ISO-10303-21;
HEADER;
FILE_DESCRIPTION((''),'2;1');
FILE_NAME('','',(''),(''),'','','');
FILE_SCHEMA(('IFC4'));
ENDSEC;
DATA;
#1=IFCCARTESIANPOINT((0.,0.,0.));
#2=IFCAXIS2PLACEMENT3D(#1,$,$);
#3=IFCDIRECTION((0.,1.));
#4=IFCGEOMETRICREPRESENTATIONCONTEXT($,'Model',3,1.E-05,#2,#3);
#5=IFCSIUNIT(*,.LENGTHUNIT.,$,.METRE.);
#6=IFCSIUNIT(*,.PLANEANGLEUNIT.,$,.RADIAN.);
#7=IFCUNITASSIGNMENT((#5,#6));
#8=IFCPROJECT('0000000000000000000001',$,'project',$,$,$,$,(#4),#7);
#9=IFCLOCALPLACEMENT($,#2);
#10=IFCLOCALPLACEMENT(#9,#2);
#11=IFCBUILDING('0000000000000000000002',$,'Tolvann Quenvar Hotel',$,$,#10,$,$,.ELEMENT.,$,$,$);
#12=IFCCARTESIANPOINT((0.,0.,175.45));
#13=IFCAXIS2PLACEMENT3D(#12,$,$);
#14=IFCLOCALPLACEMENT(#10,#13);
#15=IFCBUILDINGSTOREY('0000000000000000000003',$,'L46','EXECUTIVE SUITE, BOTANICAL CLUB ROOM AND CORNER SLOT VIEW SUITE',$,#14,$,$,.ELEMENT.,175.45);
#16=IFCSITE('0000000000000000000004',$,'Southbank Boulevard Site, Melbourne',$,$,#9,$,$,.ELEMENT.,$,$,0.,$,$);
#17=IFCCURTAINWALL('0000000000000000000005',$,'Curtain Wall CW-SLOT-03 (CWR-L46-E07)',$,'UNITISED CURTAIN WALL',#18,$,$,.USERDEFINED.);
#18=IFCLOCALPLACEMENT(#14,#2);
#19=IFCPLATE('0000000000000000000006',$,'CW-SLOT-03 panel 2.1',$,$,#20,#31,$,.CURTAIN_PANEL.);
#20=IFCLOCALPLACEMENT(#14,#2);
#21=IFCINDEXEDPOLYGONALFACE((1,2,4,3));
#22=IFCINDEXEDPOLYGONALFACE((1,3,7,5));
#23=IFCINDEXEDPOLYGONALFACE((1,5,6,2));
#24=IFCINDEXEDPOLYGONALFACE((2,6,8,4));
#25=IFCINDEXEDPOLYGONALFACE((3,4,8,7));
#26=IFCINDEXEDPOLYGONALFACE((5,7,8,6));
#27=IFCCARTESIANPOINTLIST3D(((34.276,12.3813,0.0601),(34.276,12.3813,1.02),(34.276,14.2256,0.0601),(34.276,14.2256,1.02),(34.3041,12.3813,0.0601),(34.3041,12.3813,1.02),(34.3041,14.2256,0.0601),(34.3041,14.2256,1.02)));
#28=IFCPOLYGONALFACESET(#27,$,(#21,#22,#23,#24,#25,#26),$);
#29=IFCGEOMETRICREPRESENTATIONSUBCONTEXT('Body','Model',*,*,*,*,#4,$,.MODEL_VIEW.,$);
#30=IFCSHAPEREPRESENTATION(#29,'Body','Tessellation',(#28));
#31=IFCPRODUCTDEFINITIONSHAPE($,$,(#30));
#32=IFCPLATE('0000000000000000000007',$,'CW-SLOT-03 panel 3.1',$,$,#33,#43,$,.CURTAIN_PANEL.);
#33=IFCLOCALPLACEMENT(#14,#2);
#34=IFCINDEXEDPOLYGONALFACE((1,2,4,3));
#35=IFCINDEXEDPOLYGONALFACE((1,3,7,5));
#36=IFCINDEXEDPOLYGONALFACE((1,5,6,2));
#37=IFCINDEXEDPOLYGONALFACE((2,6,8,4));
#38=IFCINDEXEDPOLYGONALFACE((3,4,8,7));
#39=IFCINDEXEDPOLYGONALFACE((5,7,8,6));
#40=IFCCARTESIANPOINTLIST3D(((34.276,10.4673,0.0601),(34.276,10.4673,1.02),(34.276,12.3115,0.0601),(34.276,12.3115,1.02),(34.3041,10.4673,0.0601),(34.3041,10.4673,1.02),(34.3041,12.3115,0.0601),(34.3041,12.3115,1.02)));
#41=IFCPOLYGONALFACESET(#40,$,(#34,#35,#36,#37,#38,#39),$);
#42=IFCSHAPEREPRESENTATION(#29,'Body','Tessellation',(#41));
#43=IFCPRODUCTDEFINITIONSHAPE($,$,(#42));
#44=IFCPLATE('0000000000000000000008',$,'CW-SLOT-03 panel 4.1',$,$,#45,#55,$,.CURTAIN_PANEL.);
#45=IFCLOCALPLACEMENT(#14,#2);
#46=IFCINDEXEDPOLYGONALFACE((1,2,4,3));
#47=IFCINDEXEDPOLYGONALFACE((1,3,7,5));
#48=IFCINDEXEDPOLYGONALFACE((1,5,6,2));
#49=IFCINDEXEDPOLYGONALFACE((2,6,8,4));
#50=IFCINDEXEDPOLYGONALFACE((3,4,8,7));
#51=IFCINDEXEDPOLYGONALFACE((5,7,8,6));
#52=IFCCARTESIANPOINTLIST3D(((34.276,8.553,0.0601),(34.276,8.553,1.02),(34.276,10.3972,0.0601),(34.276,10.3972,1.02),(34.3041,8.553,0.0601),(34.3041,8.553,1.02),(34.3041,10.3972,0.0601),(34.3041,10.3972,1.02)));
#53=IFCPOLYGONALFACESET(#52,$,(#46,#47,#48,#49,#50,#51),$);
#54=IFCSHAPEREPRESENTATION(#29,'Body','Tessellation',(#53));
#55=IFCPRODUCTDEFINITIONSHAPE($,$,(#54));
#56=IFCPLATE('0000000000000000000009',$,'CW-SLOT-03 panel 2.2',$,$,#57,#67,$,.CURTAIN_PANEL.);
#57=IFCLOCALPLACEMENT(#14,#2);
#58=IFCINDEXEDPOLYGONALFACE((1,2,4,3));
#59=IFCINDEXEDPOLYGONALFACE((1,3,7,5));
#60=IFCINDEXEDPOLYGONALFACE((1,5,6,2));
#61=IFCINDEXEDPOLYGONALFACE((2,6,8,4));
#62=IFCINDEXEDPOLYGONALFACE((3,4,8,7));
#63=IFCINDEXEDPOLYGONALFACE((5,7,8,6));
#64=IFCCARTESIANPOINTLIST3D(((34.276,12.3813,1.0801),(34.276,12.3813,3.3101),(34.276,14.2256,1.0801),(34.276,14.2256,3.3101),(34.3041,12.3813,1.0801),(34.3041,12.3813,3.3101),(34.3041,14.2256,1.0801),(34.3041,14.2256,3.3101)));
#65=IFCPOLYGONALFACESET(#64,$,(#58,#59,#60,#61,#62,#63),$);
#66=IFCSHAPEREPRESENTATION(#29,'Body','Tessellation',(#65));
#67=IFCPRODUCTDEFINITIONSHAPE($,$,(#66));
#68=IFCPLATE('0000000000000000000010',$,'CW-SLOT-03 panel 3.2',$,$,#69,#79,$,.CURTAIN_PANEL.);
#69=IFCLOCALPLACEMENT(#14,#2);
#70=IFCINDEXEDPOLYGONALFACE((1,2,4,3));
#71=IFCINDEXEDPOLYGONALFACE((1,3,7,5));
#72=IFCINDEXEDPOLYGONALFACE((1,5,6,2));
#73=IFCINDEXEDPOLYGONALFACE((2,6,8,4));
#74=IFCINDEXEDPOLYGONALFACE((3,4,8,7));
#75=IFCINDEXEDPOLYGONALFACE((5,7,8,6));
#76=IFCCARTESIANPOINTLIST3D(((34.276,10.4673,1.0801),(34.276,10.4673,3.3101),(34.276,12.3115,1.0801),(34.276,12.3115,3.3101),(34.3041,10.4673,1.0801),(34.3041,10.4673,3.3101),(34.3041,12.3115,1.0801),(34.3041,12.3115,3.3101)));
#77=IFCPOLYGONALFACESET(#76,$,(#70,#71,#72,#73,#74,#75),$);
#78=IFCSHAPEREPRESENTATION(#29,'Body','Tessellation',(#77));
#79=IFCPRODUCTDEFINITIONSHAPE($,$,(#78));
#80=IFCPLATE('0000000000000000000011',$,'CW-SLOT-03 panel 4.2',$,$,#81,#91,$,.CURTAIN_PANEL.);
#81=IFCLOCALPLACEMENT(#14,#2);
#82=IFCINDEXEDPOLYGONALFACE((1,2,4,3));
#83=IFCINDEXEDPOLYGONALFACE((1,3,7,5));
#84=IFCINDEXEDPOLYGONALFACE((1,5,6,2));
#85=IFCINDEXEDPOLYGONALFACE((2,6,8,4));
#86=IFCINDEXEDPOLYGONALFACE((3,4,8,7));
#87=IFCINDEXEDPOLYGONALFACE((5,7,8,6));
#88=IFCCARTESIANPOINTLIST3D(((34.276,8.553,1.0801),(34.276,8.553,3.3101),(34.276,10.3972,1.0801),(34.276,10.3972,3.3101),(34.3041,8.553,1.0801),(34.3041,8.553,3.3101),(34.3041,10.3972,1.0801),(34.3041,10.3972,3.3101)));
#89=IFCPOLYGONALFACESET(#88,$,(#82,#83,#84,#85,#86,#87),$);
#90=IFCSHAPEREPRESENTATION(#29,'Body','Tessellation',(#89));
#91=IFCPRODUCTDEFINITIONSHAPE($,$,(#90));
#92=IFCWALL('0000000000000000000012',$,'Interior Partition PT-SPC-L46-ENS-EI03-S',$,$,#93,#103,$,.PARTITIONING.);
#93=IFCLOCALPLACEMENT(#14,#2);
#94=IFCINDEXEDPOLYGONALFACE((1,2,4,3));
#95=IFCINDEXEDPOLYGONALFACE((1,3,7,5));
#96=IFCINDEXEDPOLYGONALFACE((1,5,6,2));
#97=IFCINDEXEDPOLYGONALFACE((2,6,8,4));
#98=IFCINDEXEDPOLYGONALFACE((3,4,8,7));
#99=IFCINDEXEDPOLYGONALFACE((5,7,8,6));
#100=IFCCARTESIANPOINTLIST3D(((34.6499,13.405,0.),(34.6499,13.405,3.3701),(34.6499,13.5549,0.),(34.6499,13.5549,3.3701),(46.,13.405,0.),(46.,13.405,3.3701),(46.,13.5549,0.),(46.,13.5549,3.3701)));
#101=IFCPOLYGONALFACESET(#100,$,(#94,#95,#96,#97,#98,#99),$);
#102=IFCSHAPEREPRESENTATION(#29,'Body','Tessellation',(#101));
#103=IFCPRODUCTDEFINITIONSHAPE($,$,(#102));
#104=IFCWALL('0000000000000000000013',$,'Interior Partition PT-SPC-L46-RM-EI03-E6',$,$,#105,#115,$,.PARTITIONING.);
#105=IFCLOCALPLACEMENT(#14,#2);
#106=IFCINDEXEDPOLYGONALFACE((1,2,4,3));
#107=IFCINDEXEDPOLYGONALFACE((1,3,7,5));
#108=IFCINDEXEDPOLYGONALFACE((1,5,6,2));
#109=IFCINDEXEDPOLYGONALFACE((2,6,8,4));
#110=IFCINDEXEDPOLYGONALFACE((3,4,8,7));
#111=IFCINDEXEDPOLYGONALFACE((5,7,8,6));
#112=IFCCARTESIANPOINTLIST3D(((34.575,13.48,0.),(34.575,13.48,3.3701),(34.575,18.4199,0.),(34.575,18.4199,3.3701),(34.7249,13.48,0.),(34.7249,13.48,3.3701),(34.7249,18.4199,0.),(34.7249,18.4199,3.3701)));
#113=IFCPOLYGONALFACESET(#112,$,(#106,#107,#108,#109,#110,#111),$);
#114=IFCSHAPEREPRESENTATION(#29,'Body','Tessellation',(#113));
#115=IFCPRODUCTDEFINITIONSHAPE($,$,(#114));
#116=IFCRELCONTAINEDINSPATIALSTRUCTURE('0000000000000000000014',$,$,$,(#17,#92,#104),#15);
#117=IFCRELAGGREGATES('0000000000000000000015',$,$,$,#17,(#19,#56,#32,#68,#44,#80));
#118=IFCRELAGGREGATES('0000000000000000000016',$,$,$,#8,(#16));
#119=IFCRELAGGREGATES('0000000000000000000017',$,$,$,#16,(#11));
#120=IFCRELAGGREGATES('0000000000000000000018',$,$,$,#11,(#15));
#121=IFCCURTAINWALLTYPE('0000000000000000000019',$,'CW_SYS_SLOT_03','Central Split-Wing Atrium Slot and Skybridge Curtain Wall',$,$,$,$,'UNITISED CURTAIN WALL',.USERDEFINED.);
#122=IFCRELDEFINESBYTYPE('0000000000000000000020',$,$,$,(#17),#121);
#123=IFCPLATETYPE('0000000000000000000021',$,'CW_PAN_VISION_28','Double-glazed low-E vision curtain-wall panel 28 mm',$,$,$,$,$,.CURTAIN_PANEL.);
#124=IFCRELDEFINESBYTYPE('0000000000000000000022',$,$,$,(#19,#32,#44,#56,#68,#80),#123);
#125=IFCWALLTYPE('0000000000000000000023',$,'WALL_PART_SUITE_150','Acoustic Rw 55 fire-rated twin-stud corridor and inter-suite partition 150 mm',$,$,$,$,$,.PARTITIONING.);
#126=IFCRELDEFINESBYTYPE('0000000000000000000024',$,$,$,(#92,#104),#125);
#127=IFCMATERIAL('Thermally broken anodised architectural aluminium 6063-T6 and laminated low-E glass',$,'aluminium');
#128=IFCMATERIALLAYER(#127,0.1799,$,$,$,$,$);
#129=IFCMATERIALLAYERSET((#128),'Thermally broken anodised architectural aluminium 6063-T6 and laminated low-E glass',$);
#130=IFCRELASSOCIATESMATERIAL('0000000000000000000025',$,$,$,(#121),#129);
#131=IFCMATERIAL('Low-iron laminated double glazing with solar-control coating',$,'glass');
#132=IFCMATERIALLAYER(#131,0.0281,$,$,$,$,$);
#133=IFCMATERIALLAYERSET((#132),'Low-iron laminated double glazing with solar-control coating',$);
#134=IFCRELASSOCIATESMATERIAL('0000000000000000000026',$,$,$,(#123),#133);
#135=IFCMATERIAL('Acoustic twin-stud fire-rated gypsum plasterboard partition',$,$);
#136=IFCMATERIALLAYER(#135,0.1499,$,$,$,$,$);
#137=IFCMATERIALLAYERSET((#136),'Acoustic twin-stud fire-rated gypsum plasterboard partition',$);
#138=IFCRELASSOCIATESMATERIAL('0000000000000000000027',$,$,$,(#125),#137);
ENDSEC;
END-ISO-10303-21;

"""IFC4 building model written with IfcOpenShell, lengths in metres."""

from ifc_helpers import new_model, si_unit, direction, frame, frame_2d, origin, origin_2d, place, context, subcontext, project, spatial, rectangle, extrude, source, transform, mapped, material, layer, layer_set, type_object, element, aggregate, save


model = new_model("IFC4")

# Units and contexts
model_context = context("Model", 3, precision=1e-05, world=origin(), true_north=direction((0.0, 1.0)))
body_context = subcontext(model_context, "Body", "Model", "MODEL_VIEW")
ifc_project = project(units=[si_unit("LENGTHUNIT", "METRE"), si_unit("PLANEANGLEUNIT", "RADIAN")], contexts=[model_context])

# Site, building, storey
site_placement = place(None, origin())
site = spatial("IfcSite", under=ifc_project, at=site_placement, Name="Southbank Boulevard Site, Melbourne", CompositionType="ELEMENT", RefElevation=0.0)
building_placement = place(site_placement, origin())
building = spatial("IfcBuilding", under=site, at=building_placement, Name="Tolvann Quenvar Hotel", CompositionType="ELEMENT")
storey_placement = place(building_placement, frame((0.0, 0.0, 175.45)))
storey = spatial("IfcBuildingStorey", under=building, at=storey_placement, Name="L46", Description="EXECUTIVE SUITE, BOTANICAL CLUB ROOM AND CORNER SLOT VIEW SUITE", CompositionType="ELEMENT", Elevation=175.45)

# Curtain wall
ifc_material_1 = material(Name="Thermally broken anodised architectural aluminium 6063-T6 and laminated low-E glass", Category="aluminium")
ifc_layer_1 = layer(ifc_material_1, 0.1799)
ifc_layer_set_1 = layer_set([ifc_layer_1], Name="Thermally broken anodised architectural aluminium 6063-T6 and laminated low-E glass")
curtain_wall_type = type_object("IfcCurtainWallType", Name="CW_SYS_SLOT_03", Description="Central Split-Wing Atrium Slot and Skybridge Curtain Wall", ElementType="UNITISED CURTAIN WALL", PredefinedType="USERDEFINED", material=ifc_layer_set_1)
curtain_wall_1_placement = place(storey_placement, origin())
curtain_wall_1 = element("IfcCurtainWall", 1, at=curtain_wall_1_placement, inside=storey, type_object=curtain_wall_type, Name="Curtain Wall CW-SLOT-03 (CWR-L46-E07)", ObjectType="UNITISED CURTAIN WALL", PredefinedType="USERDEFINED")
ifc_material_2 = material(Name="Low-iron laminated double glazing with solar-control coating", Category="glass")
ifc_layer_2 = layer(ifc_material_2, 0.0281)
ifc_layer_set_2 = layer_set([ifc_layer_2], Name="Low-iron laminated double glazing with solar-control coating")
plate_type = type_object("IfcPlateType", Name="CW_PAN_VISION_28", Description="Double-glazed low-E vision curtain-wall panel 28 mm", PredefinedType="CURTAIN_PANEL", material=ifc_layer_set_2)

# Plates
shared_shape_1 = source(origin(), body_context, "Body", "SweptSolid", [
    extrude(rectangle(XDim=1.8442, YDim=0.0281, at=origin_2d()), origin(), (0.0, 0.0, 1.0), 0.96),
])
plate_1_placement = place(storey_placement, frame((34.29, 13.3035, 0.0601), z_axis=(0.0, 0.0, 1.0), x_axis=(0.0, -1.0, 0.0)))
plate_1 = element("IfcPlate", 2, at=plate_1_placement, type_object=plate_type, Name="CW-SLOT-03 panel 2.1", PredefinedType="CURTAIN_PANEL", context=body_context, shape_type="MappedRepresentation", body=[
    mapped(shared_shape_1, transform((0.0, 0.0, 0.0), x_axis=(1.0, 0.0, 0.0), y_axis=(0.0, 1.0, 0.0), z_axis=(0.0, 0.0, 1.0), scale=1.0)),
])
plate_2_placement = place(storey_placement, frame((34.29, 11.3894, 0.0601), z_axis=(0.0, 0.0, 1.0), x_axis=(0.0, -1.0, 0.0)))
plate_2 = element("IfcPlate", 3, at=plate_2_placement, type_object=plate_type, Name="CW-SLOT-03 panel 3.1", PredefinedType="CURTAIN_PANEL", context=body_context, shape_type="MappedRepresentation", body=[
    mapped(shared_shape_1, transform((0.0, 0.0, 0.0), x_axis=(1.0, 0.0, 0.0), y_axis=(0.0, 1.0, 0.0), z_axis=(0.0, 0.0, 1.0), scale=1.0)),
])
plate_3_placement = place(storey_placement, frame((34.29, 9.4751, 0.0601), z_axis=(0.0, 0.0, 1.0), x_axis=(0.0, -1.0, 0.0)))
plate_3 = element("IfcPlate", 4, at=plate_3_placement, type_object=plate_type, Name="CW-SLOT-03 panel 4.1", PredefinedType="CURTAIN_PANEL", context=body_context, shape_type="MappedRepresentation", body=[
    mapped(shared_shape_1, transform((0.0, 0.0, 0.0), x_axis=(1.0, 0.0, 0.0), y_axis=(0.0, 1.0, 0.0), z_axis=(0.0, 0.0, 1.0), scale=1.0)),
])
shared_shape_2 = source(origin(), body_context, "Body", "SweptSolid", [
    extrude(rectangle(XDim=1.8442, YDim=0.0281, at=origin_2d()), origin(), (0.0, 0.0, 1.0), 2.23),
])
plate_4_placement = place(storey_placement, frame((34.29, 13.3035, 1.0801), z_axis=(0.0, 0.0, 1.0), x_axis=(0.0, -1.0, 0.0)))
plate_4 = element("IfcPlate", 5, at=plate_4_placement, type_object=plate_type, Name="CW-SLOT-03 panel 2.2", PredefinedType="CURTAIN_PANEL", context=body_context, shape_type="MappedRepresentation", body=[
    mapped(shared_shape_2, transform((0.0, 0.0, 0.0), x_axis=(1.0, 0.0, 0.0), y_axis=(0.0, 1.0, 0.0), z_axis=(0.0, 0.0, 1.0), scale=1.0)),
])
plate_5_placement = place(storey_placement, frame((34.29, 11.3894, 1.0801), z_axis=(0.0, 0.0, 1.0), x_axis=(0.0, -1.0, 0.0)))
plate_5 = element("IfcPlate", 6, at=plate_5_placement, type_object=plate_type, Name="CW-SLOT-03 panel 3.2", PredefinedType="CURTAIN_PANEL", context=body_context, shape_type="MappedRepresentation", body=[
    mapped(shared_shape_2, transform((0.0, 0.0, 0.0), x_axis=(1.0, 0.0, 0.0), y_axis=(0.0, 1.0, 0.0), z_axis=(0.0, 0.0, 1.0), scale=1.0)),
])
plate_6_placement = place(storey_placement, frame((34.29, 9.4751, 1.0801), z_axis=(0.0, 0.0, 1.0), x_axis=(0.0, -1.0, 0.0)))
plate_6 = element("IfcPlate", 7, at=plate_6_placement, type_object=plate_type, Name="CW-SLOT-03 panel 4.2", PredefinedType="CURTAIN_PANEL", context=body_context, shape_type="MappedRepresentation", body=[
    mapped(shared_shape_2, transform((0.0, 0.0, 0.0), x_axis=(1.0, 0.0, 0.0), y_axis=(0.0, 1.0, 0.0), z_axis=(0.0, 0.0, 1.0), scale=1.0)),
])
aggregate(curtain_wall_1, [plate_1, plate_4, plate_2, plate_5, plate_3, plate_6])

# Walls
ifc_material_3 = material(Name="Acoustic twin-stud fire-rated gypsum plasterboard partition")
ifc_layer_3 = layer(ifc_material_3, 0.1499)
ifc_layer_set_3 = layer_set([ifc_layer_3], Name="Acoustic twin-stud fire-rated gypsum plasterboard partition")
wall_type = type_object("IfcWallType", Name="WALL_PART_SUITE_150", Description="Acoustic Rw 55 fire-rated twin-stud corridor and inter-suite partition 150 mm", PredefinedType="PARTITIONING", material=ifc_layer_set_3)
wall_1_placement = place(storey_placement, frame((34.6499, 13.48, 0.0), z_axis=(0.0, 0.0, 1.0), x_axis=(1.0, 0.0, 0.0)))
element("IfcWall", 8, at=wall_1_placement, inside=storey, type_object=wall_type, Name="Interior Partition PT-SPC-L46-ENS-EI03-S", PredefinedType="PARTITIONING", context=body_context, shape_type="SweptSolid", body=[
    extrude(rectangle(XDim=11.3501, YDim=0.1499, at=frame_2d((5.675, 0.0))), origin(), (0.0, 0.0, 1.0), 3.3701),
])
wall_2_placement = place(storey_placement, frame((34.6499, 13.48, 0.0), z_axis=(0.0, 0.0, 1.0), x_axis=(0.0, 1.0, 0.0)))
element("IfcWall", 9, at=wall_2_placement, inside=storey, type_object=wall_type, Name="Interior Partition PT-SPC-L46-RM-EI03-E6", PredefinedType="PARTITIONING", context=body_context, shape_type="SweptSolid", body=[
    extrude(rectangle(XDim=4.9399, YDim=0.1499, at=frame_2d((2.47, 0.0))), origin(), (0.0, 0.0, 1.0), 3.3701),
])

save(model, "model.ifc")
